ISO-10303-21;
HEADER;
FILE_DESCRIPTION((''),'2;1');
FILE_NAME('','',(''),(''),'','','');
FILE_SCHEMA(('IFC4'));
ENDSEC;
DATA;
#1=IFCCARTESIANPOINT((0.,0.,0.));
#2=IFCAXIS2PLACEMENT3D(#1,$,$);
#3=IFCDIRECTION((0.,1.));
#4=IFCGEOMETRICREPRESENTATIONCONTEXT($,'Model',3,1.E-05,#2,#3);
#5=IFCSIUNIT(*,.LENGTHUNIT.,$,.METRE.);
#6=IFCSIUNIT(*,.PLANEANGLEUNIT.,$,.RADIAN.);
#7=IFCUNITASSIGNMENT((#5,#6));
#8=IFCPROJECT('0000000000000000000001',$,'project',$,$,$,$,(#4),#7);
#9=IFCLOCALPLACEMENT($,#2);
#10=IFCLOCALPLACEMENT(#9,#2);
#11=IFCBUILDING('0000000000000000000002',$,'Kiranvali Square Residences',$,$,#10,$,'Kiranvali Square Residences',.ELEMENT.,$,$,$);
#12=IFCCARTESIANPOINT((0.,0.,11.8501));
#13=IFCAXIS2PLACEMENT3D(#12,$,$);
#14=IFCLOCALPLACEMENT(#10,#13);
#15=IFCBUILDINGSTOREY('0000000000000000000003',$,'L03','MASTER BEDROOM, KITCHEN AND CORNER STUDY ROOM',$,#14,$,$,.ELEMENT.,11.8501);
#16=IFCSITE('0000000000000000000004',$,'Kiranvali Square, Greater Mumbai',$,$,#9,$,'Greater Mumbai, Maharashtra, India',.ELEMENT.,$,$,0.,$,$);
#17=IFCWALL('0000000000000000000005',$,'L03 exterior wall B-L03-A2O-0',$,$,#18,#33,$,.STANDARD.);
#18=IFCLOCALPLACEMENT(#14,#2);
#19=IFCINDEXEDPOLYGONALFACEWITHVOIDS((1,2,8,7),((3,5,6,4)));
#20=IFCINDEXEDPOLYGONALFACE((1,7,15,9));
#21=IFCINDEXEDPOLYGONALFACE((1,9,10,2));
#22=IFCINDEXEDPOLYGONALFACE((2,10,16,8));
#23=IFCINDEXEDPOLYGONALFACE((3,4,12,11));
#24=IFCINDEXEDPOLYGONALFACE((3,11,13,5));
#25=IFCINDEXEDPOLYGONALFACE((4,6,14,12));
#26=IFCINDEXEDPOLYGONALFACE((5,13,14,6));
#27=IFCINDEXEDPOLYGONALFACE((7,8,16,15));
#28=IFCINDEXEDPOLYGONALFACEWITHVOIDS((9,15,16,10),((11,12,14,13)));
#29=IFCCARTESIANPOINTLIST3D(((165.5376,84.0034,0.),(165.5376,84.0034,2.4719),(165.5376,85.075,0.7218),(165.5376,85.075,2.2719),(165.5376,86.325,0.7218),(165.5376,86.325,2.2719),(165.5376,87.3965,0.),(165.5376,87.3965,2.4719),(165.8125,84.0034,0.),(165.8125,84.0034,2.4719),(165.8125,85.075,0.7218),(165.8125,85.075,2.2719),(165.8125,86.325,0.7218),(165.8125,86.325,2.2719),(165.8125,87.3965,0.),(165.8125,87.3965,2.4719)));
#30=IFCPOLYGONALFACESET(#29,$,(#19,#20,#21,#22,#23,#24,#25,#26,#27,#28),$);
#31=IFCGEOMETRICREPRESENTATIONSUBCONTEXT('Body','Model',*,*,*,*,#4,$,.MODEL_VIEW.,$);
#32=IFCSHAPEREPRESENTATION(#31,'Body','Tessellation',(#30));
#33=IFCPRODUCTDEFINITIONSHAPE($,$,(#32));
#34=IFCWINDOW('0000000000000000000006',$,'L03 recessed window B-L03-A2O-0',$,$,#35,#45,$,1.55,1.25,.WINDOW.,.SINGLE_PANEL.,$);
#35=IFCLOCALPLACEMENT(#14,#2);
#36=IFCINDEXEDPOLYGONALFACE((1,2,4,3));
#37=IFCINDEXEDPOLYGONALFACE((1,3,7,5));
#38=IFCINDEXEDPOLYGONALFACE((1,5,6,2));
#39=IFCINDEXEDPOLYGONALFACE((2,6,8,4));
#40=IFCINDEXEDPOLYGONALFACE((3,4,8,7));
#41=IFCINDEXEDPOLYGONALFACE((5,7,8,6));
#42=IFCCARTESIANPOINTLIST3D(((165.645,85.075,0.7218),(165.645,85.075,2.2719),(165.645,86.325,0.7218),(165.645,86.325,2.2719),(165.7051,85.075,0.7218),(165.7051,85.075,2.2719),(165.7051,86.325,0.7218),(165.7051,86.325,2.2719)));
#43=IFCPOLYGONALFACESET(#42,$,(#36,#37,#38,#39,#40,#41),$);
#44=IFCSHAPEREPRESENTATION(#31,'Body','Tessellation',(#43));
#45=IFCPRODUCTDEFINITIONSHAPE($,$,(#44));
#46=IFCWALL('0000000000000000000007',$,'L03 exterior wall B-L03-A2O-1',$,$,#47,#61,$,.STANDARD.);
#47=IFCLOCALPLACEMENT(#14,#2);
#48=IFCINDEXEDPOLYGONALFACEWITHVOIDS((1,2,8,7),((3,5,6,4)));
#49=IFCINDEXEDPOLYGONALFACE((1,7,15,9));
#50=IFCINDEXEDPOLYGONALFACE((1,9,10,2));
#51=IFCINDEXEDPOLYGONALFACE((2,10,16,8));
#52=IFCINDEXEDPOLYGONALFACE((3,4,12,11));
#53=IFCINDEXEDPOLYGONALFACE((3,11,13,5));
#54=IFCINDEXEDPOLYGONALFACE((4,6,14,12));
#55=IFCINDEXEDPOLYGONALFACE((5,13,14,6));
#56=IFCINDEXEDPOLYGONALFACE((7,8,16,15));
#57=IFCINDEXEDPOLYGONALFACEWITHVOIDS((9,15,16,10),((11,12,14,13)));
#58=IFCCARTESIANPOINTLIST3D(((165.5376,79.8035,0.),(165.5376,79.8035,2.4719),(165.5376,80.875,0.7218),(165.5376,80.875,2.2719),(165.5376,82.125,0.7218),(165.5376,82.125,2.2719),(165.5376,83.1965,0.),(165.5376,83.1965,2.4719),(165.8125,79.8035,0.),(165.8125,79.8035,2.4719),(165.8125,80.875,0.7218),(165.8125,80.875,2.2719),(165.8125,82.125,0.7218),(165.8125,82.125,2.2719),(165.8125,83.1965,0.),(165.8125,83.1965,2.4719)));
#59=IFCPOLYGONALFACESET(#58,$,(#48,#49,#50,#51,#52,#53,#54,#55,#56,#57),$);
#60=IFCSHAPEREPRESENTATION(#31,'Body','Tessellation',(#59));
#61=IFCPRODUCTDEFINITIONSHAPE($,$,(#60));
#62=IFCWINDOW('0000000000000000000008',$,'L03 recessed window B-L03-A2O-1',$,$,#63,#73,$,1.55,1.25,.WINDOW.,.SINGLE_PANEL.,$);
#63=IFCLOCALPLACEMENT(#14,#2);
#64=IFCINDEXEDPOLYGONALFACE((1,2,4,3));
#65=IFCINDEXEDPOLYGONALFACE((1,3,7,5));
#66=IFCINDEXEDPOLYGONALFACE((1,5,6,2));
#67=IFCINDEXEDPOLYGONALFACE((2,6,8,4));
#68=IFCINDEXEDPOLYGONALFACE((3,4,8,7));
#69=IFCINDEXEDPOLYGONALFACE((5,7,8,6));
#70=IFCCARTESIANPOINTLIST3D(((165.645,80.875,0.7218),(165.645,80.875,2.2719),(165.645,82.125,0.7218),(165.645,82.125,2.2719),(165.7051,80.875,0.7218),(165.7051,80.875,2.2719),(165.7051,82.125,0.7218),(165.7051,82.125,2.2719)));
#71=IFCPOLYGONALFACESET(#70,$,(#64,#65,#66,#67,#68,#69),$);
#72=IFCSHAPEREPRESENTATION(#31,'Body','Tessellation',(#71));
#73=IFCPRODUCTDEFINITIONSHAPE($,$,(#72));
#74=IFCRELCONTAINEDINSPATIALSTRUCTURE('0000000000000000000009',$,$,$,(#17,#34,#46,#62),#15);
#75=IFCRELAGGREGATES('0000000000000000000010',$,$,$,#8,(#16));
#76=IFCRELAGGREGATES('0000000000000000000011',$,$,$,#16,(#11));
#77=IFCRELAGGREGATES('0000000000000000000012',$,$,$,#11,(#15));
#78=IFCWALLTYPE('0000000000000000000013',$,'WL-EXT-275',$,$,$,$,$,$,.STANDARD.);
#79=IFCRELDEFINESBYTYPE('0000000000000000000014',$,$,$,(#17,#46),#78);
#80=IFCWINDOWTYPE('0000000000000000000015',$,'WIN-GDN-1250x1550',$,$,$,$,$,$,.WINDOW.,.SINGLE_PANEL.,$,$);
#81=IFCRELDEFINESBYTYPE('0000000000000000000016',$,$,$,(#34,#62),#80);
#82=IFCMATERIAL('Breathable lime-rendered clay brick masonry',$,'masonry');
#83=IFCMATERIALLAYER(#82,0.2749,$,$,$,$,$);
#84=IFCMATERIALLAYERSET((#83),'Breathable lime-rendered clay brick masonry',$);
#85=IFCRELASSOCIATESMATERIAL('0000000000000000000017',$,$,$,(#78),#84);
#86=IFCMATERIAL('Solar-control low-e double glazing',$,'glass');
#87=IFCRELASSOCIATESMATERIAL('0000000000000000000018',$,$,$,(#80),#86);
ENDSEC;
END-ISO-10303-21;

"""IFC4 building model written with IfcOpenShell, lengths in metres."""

from ifc_helpers import new_model, si_unit, direction, frame, frame_2d, origin, place, context, subcontext, project, spatial, rectangle, extrude, material, layer, layer_set, type_object, element, fill, save


model = new_model("IFC4")

# Units and contexts
model_context = context("Model", 3, precision=1e-05, world=origin(), true_north=direction((0.0, 1.0)))
body_context = subcontext(model_context, "Body", "Model", "MODEL_VIEW")
ifc_project = project(units=[si_unit("LENGTHUNIT", "METRE"), si_unit("PLANEANGLEUNIT", "RADIAN")], contexts=[model_context])

# Site, building, storey
site_placement = place(None, origin())
site = spatial("IfcSite", under=ifc_project, at=site_placement, Name="Kiranvali Square, Greater Mumbai", LongName="Greater Mumbai, Maharashtra, India", CompositionType="ELEMENT", RefElevation=0.0)
building_placement = place(site_placement, origin())
building = spatial("IfcBuilding", under=site, at=building_placement, Name="Kiranvali Square Residences", LongName="Kiranvali Square Residences", CompositionType="ELEMENT")
storey_placement = place(building_placement, frame((0.0, 0.0, 11.8501)))
storey = spatial("IfcBuildingStorey", under=building, at=storey_placement, Name="L03", Description="MASTER BEDROOM, KITCHEN AND CORNER STUDY ROOM", CompositionType="ELEMENT", Elevation=11.8501)

# Walls, openings, windows
ifc_material_1 = material(Name="Breathable lime-rendered clay brick masonry", Category="masonry")
ifc_layer = layer(ifc_material_1, 0.2749)
ifc_layer_set = layer_set([ifc_layer], Name="Breathable lime-rendered clay brick masonry")
wall_type = type_object("IfcWallType", Name="WL-EXT-275", PredefinedType="STANDARD", material=ifc_layer_set)
wall_1_placement = place(storey_placement, frame((165.675, 87.3965, 0.0), z_axis=(0.0, 0.0, 1.0), x_axis=(0.0, -1.0, 0.0)))
wall_1 = element("IfcWall", 1, at=wall_1_placement, inside=storey, type_object=wall_type, Name="L03 exterior wall B-L03-A2O-0", PredefinedType="STANDARD", context=body_context, shape_type="SweptSolid", body=[
    extrude(rectangle(XDim=3.3931, YDim=0.2749, at=frame_2d((1.6965, 0.0))), origin(), (0.0, 0.0, 1.0), 2.4719),
])
opening_1_placement = place(wall_1_placement, frame((1.0715, 0.0, 0.7219)))
opening_1 = element("IfcOpeningElement", 2, at=opening_1_placement, cuts=wall_1, PredefinedType="OPENING", context=body_context, shape_type="SweptSolid", body=[
    extrude(rectangle(XDim=1.25, YDim=1.55, at=frame_2d((0.625, 0.7749))), frame((0.0, 0.1475, 0.0), z_axis=(0.0, -1.0, 0.0), x_axis=(1.0, 0.0, 0.0)), (0.0, 0.0, 1.0), 0.2949),
])
ifc_material_2 = material(Name="Solar-control low-e double glazing", Category="glass")
window_type = type_object("IfcWindowType", Name="WIN-GDN-1250x1550", PartitioningType="SINGLE_PANEL", PredefinedType="WINDOW", material=ifc_material_2)
window_1_placement = place(opening_1_placement, origin())
window_1 = element("IfcWindow", 3, at=window_1_placement, inside=storey, type_object=window_type, Name="L03 recessed window B-L03-A2O-0", OverallHeight=1.55, OverallWidth=1.25, PartitioningType="SINGLE_PANEL", PredefinedType="WINDOW", context=body_context, shape_type="SweptSolid", body=[
    extrude(rectangle(XDim=1.25, YDim=1.55, at=frame_2d((0.625, 0.7749))), frame((0.0, 0.03, 0.0), z_axis=(0.0, -1.0, 0.0), x_axis=(1.0, 0.0, 0.0)), (0.0, 0.0, 1.0), 0.0601),
])
fill(opening_1, window_1)
wall_2_placement = place(storey_placement, frame((165.675, 83.1965, 0.0), z_axis=(0.0, 0.0, 1.0), x_axis=(0.0, -1.0, 0.0)))
wall_2 = element("IfcWall", 4, at=wall_2_placement, inside=storey, type_object=wall_type, Name="L03 exterior wall B-L03-A2O-1", PredefinedType="STANDARD", context=body_context, shape_type="SweptSolid", body=[
    extrude(rectangle(XDim=3.3931, YDim=0.2749, at=frame_2d((1.6965, 0.0))), origin(), (0.0, 0.0, 1.0), 2.4719),
])
opening_2_placement = place(wall_2_placement, frame((1.0715, 0.0, 0.7219)))
opening_2 = element("IfcOpeningElement", 5, at=opening_2_placement, cuts=wall_2, PredefinedType="OPENING", context=body_context, shape_type="SweptSolid", body=[
    extrude(rectangle(XDim=1.25, YDim=1.55, at=frame_2d((0.625, 0.7749))), frame((0.0, 0.1475, 0.0), z_axis=(0.0, -1.0, 0.0), x_axis=(1.0, 0.0, 0.0)), (0.0, 0.0, 1.0), 0.2949),
])
window_2_placement = place(opening_2_placement, origin())
window_2 = element("IfcWindow", 6, at=window_2_placement, inside=storey, type_object=window_type, Name="L03 recessed window B-L03-A2O-1", OverallHeight=1.55, OverallWidth=1.25, PartitioningType="SINGLE_PANEL", PredefinedType="WINDOW", context=body_context, shape_type="SweptSolid", body=[
    extrude(rectangle(XDim=1.25, YDim=1.55, at=frame_2d((0.625, 0.7749))), frame((0.0, 0.03, 0.0), z_axis=(0.0, -1.0, 0.0), x_axis=(1.0, 0.0, 0.0)), (0.0, 0.0, 1.0), 0.0601),
])
fill(opening_2, window_2)

save(model, "model.ifc")
